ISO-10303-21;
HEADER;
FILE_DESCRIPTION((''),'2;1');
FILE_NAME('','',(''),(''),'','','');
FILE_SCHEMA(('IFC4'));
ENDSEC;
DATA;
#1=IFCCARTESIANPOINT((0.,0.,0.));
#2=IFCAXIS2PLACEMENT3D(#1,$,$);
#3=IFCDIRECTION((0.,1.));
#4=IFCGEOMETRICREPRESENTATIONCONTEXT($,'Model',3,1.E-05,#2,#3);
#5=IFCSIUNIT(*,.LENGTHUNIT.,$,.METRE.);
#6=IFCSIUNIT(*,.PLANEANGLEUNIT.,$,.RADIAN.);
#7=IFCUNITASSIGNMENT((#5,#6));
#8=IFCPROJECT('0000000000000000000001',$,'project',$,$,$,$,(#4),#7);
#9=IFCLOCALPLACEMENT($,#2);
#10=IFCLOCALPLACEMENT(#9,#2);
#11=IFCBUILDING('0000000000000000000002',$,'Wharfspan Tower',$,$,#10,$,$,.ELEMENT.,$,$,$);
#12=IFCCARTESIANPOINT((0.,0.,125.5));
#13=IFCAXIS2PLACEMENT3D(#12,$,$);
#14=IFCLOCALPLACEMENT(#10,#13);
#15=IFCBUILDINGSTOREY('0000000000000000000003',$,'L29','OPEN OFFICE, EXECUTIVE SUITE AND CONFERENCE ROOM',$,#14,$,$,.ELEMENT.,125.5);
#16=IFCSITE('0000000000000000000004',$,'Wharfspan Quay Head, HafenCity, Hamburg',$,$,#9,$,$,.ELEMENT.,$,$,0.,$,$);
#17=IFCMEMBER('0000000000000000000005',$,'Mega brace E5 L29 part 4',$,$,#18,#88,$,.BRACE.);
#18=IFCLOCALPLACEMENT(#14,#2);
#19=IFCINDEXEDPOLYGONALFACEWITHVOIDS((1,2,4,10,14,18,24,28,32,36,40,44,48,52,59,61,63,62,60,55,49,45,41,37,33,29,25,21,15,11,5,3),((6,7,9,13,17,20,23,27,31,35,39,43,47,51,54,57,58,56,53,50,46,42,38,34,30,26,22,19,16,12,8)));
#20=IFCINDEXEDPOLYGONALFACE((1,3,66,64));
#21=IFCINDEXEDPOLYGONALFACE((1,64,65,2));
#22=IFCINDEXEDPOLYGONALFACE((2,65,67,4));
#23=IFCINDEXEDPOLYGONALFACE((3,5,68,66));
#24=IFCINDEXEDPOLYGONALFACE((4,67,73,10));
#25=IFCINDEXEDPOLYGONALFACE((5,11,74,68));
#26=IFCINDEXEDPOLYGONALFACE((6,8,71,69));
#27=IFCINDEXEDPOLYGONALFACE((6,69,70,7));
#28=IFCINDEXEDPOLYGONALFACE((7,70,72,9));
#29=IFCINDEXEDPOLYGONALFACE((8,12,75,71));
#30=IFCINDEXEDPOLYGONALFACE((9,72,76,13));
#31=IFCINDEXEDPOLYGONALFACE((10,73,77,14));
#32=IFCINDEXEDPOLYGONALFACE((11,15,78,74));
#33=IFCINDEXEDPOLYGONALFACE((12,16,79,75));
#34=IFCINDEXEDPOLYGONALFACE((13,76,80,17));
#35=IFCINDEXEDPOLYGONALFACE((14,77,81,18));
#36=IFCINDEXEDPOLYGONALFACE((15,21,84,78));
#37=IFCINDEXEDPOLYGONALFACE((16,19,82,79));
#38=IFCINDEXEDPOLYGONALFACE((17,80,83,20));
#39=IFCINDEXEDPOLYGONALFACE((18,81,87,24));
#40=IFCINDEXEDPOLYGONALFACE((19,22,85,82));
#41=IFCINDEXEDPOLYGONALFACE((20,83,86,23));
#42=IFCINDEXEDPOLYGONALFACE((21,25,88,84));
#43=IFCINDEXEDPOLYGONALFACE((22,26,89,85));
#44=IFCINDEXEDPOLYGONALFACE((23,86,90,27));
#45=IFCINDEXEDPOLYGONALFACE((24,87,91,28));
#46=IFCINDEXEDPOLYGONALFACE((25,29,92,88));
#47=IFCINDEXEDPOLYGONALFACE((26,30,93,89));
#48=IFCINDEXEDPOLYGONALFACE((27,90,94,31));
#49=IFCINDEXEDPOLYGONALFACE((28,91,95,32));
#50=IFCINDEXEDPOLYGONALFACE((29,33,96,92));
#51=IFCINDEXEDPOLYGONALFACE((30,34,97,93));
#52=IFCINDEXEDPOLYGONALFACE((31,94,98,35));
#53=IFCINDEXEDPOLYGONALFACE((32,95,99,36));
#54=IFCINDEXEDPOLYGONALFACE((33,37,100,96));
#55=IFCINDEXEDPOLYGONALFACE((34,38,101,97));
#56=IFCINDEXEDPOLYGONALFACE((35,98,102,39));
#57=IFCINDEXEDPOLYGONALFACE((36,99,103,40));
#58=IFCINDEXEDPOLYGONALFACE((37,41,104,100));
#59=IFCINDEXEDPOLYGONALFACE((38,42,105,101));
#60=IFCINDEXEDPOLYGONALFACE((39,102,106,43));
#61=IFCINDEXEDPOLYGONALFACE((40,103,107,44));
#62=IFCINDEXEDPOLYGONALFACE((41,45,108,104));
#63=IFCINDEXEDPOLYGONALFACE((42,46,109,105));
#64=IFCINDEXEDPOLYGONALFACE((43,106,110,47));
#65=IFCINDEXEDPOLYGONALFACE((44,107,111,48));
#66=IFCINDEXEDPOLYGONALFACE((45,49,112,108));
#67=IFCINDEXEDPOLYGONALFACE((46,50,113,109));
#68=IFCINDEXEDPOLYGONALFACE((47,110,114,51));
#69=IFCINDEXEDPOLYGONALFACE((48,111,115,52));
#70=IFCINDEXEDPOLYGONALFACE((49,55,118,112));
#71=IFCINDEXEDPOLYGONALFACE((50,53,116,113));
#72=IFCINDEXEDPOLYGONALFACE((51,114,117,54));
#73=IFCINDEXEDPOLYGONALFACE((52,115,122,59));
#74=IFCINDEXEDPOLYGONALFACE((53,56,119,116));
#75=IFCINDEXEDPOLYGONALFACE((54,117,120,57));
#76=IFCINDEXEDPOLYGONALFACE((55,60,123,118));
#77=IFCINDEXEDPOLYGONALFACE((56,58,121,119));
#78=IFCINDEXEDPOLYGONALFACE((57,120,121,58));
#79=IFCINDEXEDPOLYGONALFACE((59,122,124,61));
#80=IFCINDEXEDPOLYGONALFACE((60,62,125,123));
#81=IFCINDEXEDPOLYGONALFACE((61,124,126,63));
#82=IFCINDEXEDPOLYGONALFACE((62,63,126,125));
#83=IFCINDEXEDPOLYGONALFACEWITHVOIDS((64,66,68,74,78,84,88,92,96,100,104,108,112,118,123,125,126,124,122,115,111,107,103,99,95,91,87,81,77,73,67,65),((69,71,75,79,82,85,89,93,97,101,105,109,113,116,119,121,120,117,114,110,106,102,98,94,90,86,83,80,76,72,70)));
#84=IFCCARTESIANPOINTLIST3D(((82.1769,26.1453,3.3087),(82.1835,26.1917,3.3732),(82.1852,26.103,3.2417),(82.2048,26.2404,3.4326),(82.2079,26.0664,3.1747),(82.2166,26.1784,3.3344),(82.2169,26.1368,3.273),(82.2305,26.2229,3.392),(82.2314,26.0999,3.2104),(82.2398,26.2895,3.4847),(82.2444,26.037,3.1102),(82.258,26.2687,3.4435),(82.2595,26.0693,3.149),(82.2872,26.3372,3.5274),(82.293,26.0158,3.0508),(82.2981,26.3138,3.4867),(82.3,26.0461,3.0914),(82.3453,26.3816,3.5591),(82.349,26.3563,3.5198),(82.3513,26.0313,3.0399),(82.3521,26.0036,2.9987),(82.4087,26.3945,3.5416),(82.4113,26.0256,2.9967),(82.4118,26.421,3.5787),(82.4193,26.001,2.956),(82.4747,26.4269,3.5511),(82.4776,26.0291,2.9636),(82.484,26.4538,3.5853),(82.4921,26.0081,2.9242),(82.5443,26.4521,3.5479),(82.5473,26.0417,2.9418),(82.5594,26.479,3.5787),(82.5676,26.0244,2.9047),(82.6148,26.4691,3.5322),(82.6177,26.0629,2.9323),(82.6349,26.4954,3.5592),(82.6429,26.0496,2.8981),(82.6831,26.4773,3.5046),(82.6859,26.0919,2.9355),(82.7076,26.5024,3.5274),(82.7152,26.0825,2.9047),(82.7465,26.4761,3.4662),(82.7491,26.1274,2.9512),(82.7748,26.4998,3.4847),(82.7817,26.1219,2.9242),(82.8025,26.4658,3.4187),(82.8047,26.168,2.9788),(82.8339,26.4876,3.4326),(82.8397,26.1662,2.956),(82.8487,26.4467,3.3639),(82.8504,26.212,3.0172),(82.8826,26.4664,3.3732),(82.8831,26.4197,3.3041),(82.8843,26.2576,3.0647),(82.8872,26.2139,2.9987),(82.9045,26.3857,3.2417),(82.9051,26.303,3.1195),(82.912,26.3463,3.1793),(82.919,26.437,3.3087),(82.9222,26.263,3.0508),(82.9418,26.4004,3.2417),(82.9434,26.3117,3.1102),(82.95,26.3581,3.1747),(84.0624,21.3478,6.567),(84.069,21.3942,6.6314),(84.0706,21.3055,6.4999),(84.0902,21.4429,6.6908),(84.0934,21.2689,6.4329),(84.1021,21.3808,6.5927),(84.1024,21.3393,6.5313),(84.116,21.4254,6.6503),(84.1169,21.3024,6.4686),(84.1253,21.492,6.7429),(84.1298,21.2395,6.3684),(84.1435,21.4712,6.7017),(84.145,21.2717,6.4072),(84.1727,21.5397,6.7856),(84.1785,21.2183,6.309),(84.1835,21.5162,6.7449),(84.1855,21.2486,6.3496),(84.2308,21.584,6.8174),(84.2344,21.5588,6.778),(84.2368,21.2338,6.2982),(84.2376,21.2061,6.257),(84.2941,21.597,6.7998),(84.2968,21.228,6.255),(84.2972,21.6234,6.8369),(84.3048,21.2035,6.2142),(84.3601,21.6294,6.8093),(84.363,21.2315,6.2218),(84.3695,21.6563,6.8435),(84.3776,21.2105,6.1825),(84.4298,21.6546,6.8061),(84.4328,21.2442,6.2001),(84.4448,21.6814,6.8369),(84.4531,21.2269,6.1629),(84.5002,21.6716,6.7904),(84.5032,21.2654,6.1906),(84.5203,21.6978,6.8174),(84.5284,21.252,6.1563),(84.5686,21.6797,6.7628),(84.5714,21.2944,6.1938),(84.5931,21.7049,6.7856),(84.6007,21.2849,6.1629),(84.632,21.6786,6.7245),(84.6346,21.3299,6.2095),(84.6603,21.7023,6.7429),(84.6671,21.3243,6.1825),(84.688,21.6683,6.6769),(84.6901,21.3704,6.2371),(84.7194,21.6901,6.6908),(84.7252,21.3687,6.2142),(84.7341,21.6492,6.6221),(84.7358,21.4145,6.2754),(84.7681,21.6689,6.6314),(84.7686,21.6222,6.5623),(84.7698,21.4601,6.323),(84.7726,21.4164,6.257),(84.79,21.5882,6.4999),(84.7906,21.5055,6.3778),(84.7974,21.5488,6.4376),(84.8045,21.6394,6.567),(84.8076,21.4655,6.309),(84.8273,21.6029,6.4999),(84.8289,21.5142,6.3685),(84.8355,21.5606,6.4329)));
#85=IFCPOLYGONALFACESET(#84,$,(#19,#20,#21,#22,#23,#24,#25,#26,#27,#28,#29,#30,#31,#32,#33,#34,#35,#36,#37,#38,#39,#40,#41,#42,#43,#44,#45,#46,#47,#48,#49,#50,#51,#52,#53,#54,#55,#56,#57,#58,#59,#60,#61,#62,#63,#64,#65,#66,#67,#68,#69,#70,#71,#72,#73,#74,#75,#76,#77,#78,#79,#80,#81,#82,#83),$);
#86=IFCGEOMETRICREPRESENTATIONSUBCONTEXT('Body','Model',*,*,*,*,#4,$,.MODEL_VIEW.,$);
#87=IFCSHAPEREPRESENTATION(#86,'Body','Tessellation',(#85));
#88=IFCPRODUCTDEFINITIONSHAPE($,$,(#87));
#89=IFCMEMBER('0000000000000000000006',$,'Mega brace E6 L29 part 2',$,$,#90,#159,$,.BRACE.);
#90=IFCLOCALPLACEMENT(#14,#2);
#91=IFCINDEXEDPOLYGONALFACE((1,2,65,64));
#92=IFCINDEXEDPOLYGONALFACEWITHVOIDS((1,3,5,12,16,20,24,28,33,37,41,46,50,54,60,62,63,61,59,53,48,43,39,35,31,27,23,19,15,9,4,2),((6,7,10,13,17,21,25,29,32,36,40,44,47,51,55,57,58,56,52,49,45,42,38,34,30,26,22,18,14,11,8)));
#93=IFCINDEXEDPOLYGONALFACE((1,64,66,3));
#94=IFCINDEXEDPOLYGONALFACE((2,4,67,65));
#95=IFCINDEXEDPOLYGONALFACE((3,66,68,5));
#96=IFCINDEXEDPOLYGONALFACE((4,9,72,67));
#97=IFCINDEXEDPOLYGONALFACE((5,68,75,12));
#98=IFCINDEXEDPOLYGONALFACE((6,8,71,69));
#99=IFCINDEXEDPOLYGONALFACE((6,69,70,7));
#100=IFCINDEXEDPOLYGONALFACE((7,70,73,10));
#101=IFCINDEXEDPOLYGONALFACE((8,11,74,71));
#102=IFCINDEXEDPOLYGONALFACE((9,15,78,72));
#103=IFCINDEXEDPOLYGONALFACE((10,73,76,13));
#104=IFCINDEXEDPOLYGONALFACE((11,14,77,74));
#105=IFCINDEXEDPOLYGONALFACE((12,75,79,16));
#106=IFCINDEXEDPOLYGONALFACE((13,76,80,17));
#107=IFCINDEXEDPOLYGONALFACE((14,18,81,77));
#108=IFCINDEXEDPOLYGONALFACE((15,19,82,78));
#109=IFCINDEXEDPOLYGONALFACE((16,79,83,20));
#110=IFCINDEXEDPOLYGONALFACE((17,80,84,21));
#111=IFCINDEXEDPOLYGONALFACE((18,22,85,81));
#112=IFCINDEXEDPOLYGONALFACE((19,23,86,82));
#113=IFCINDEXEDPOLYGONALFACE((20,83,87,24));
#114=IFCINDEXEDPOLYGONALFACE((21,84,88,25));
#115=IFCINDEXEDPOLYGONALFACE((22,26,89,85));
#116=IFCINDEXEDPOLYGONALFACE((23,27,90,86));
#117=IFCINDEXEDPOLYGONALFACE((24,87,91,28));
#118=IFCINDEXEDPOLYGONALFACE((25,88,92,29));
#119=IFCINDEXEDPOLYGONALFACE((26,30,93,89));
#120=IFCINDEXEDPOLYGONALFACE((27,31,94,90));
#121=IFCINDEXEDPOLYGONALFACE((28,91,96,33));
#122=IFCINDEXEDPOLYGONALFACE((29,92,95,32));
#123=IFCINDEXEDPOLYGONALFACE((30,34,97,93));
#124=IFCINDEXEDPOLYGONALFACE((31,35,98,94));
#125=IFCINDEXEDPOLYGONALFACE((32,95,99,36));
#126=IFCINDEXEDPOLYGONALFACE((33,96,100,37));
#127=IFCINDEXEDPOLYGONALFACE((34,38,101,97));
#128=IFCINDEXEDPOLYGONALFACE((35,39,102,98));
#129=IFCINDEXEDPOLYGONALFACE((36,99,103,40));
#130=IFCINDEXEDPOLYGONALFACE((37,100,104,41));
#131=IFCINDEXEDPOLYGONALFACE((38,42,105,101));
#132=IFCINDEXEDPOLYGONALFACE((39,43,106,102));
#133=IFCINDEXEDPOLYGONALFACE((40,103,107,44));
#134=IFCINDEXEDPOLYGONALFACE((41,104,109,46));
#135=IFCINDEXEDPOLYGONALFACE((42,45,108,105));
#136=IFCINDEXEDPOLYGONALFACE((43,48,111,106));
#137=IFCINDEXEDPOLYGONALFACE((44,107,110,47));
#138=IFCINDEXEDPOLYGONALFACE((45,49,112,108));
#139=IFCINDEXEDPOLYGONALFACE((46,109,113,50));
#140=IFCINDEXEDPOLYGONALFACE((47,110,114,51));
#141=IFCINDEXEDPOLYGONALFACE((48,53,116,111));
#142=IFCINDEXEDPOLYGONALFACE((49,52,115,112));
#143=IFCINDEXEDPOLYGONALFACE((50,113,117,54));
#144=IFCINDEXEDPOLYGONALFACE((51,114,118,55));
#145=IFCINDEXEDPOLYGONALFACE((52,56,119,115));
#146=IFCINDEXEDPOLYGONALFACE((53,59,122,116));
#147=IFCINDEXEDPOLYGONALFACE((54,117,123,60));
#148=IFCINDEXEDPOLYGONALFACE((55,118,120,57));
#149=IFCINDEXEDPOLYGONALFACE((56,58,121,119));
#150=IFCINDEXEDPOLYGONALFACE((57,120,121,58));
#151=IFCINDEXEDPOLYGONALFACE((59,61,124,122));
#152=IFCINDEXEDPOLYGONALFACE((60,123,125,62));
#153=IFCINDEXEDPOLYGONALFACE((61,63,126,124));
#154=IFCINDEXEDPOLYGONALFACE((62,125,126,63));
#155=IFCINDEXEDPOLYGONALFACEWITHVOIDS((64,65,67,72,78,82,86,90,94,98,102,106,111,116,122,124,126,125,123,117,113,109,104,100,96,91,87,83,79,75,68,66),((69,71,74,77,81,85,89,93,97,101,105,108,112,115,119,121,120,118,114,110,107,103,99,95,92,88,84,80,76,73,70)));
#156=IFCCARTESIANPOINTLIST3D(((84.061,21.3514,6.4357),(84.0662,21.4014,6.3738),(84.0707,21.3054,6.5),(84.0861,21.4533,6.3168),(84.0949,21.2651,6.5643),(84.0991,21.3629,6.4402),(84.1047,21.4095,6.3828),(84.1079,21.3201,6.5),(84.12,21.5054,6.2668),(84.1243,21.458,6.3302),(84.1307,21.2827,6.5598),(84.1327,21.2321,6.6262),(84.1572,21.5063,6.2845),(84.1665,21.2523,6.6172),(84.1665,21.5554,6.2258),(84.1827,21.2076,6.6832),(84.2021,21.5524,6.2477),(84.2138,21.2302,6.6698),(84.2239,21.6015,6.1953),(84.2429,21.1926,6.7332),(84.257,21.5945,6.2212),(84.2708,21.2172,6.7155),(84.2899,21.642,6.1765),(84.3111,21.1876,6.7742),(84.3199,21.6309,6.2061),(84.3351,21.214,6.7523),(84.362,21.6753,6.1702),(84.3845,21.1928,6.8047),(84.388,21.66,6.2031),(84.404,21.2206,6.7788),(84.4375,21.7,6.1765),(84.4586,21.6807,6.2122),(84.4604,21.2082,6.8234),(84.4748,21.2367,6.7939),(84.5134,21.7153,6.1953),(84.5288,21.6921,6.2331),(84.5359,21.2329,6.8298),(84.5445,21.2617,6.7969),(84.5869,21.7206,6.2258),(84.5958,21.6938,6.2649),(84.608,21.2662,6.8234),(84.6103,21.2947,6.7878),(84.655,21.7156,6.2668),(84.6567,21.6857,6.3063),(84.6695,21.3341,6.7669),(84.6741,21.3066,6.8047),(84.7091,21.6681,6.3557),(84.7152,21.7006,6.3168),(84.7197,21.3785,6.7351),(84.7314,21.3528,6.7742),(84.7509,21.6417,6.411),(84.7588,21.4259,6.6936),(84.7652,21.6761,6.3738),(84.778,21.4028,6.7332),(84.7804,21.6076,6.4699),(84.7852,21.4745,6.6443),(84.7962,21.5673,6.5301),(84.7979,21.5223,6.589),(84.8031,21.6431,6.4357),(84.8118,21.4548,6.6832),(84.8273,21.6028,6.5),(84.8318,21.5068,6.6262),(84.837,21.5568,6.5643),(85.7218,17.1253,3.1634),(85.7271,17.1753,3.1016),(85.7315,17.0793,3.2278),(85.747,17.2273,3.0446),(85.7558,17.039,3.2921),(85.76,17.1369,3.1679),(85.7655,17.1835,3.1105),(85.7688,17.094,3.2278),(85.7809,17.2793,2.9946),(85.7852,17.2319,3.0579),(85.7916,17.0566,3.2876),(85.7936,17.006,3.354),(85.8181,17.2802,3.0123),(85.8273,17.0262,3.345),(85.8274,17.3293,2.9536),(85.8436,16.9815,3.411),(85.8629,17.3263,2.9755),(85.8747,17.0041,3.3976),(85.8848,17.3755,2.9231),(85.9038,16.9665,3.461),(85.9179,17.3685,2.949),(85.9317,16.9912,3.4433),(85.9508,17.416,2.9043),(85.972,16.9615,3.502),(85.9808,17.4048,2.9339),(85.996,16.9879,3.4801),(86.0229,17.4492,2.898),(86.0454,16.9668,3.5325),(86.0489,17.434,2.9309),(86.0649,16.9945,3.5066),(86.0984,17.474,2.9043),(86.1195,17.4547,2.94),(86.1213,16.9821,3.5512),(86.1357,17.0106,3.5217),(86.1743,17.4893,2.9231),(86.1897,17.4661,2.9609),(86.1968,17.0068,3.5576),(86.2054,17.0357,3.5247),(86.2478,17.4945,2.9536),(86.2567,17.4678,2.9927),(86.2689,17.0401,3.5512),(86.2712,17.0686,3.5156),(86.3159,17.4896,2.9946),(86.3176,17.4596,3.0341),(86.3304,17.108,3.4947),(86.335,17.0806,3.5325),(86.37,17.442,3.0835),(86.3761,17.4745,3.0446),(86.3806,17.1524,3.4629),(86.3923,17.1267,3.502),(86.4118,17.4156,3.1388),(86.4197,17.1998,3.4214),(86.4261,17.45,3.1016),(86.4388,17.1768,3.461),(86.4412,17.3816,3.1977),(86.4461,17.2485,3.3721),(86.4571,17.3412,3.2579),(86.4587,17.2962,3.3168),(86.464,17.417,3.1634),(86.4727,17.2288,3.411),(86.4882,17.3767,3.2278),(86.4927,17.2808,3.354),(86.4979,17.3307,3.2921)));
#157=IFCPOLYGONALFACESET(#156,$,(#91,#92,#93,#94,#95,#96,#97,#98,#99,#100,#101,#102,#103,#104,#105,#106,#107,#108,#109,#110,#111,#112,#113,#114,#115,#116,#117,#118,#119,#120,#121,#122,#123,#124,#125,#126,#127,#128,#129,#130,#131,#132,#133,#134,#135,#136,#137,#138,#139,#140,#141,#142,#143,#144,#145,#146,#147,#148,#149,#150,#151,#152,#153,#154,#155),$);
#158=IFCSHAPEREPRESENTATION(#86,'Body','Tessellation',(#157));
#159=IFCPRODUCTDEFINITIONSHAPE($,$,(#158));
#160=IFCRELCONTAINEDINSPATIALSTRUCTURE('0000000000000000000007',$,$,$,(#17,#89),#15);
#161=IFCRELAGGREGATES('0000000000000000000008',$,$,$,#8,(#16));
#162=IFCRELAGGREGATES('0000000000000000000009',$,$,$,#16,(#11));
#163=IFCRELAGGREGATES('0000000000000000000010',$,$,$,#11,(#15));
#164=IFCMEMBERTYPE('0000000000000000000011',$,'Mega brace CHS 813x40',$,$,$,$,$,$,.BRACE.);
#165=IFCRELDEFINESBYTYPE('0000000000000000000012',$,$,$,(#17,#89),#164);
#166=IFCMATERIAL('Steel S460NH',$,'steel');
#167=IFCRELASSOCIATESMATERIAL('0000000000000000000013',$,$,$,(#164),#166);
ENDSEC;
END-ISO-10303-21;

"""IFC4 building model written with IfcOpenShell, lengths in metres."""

from ifc_helpers import new_model, si_unit, direction, frame, origin, origin_2d, place, context, subcontext, project, spatial, hollow_circle, extrude, material, material_profile, profile_set, type_object, element, save


model = new_model("IFC4")

# Units and contexts
model_context = context("Model", 3, precision=1e-05, world=origin(), true_north=direction((0.0, 1.0)))
body_context = subcontext(model_context, "Body", "Model", "MODEL_VIEW")
ifc_project = project(units=[si_unit("LENGTHUNIT", "METRE"), si_unit("PLANEANGLEUNIT", "RADIAN")], contexts=[model_context])

# Site, building, storey
site_placement = place(None, origin())
site = spatial("IfcSite", under=ifc_project, at=site_placement, Name="Wharfspan Quay Head, HafenCity, Hamburg", CompositionType="ELEMENT", RefElevation=0.0)
building_placement = place(site_placement, origin())
building = spatial("IfcBuilding", under=site, at=building_placement, Name="Wharfspan Tower", CompositionType="ELEMENT")
storey_placement = place(building_placement, frame((0.0, 0.0, 125.5)))
storey = spatial("IfcBuildingStorey", under=building, at=storey_placement, Name="L29", Description="OPEN OFFICE, EXECUTIVE SUITE AND CONFERENCE ROOM", CompositionType="ELEMENT", Elevation=125.5)

# Members
ifc_material_1 = material(Name="Steel S460NH", Category="steel")
ifc_material_profile_1 = material_profile(ifc_material_1, hollow_circle(Radius=0.4065, WallThickness=0.04, at=origin_2d()))
ifc_profile_set_1 = profile_set([ifc_material_profile_1], Name="Steel S460NH")
member_type_1 = type_object("IfcMemberType", Name="Mega brace CHS 813x40", PredefinedType="BRACE", material=ifc_profile_set_1)
member_1_placement = place(storey_placement, frame((82.5635, 26.2517, 3.2417), z_axis=(0.309187, -0.786719, 0.534301), x_axis=(0.930704, 0.365777, 0.000004)))
element("IfcMember", 1, at=member_1_placement, inside=storey, type_object=member_type_1, Name="Mega brace E5 L29 part 4", PredefinedType="BRACE", context=body_context, shape_type="SweptSolid", body=[
    extrude(hollow_circle(Radius=0.4065, WallThickness=0.04, at=origin_2d()), origin(), (0.0, 0.0, 1.0), 6.0981),
])
member_2_placement = place(storey_placement, frame((86.1099, 17.228, 3.2278), z_axis=(-0.29675, 0.75507, 0.584645), x_axis=(-0.930704, -0.365779, 0.000004)))
element("IfcMember", 2, at=member_2_placement, inside=storey, type_object=member_type_1, Name="Mega brace E6 L29 part 2", PredefinedType="BRACE", context=body_context, shape_type="SweptSolid", body=[
    extrude(hollow_circle(Radius=0.4065, WallThickness=0.04, at=origin_2d()), origin(), (0.0, 0.0, 1.0), 5.5969),
])

save(model, "model.ifc")
